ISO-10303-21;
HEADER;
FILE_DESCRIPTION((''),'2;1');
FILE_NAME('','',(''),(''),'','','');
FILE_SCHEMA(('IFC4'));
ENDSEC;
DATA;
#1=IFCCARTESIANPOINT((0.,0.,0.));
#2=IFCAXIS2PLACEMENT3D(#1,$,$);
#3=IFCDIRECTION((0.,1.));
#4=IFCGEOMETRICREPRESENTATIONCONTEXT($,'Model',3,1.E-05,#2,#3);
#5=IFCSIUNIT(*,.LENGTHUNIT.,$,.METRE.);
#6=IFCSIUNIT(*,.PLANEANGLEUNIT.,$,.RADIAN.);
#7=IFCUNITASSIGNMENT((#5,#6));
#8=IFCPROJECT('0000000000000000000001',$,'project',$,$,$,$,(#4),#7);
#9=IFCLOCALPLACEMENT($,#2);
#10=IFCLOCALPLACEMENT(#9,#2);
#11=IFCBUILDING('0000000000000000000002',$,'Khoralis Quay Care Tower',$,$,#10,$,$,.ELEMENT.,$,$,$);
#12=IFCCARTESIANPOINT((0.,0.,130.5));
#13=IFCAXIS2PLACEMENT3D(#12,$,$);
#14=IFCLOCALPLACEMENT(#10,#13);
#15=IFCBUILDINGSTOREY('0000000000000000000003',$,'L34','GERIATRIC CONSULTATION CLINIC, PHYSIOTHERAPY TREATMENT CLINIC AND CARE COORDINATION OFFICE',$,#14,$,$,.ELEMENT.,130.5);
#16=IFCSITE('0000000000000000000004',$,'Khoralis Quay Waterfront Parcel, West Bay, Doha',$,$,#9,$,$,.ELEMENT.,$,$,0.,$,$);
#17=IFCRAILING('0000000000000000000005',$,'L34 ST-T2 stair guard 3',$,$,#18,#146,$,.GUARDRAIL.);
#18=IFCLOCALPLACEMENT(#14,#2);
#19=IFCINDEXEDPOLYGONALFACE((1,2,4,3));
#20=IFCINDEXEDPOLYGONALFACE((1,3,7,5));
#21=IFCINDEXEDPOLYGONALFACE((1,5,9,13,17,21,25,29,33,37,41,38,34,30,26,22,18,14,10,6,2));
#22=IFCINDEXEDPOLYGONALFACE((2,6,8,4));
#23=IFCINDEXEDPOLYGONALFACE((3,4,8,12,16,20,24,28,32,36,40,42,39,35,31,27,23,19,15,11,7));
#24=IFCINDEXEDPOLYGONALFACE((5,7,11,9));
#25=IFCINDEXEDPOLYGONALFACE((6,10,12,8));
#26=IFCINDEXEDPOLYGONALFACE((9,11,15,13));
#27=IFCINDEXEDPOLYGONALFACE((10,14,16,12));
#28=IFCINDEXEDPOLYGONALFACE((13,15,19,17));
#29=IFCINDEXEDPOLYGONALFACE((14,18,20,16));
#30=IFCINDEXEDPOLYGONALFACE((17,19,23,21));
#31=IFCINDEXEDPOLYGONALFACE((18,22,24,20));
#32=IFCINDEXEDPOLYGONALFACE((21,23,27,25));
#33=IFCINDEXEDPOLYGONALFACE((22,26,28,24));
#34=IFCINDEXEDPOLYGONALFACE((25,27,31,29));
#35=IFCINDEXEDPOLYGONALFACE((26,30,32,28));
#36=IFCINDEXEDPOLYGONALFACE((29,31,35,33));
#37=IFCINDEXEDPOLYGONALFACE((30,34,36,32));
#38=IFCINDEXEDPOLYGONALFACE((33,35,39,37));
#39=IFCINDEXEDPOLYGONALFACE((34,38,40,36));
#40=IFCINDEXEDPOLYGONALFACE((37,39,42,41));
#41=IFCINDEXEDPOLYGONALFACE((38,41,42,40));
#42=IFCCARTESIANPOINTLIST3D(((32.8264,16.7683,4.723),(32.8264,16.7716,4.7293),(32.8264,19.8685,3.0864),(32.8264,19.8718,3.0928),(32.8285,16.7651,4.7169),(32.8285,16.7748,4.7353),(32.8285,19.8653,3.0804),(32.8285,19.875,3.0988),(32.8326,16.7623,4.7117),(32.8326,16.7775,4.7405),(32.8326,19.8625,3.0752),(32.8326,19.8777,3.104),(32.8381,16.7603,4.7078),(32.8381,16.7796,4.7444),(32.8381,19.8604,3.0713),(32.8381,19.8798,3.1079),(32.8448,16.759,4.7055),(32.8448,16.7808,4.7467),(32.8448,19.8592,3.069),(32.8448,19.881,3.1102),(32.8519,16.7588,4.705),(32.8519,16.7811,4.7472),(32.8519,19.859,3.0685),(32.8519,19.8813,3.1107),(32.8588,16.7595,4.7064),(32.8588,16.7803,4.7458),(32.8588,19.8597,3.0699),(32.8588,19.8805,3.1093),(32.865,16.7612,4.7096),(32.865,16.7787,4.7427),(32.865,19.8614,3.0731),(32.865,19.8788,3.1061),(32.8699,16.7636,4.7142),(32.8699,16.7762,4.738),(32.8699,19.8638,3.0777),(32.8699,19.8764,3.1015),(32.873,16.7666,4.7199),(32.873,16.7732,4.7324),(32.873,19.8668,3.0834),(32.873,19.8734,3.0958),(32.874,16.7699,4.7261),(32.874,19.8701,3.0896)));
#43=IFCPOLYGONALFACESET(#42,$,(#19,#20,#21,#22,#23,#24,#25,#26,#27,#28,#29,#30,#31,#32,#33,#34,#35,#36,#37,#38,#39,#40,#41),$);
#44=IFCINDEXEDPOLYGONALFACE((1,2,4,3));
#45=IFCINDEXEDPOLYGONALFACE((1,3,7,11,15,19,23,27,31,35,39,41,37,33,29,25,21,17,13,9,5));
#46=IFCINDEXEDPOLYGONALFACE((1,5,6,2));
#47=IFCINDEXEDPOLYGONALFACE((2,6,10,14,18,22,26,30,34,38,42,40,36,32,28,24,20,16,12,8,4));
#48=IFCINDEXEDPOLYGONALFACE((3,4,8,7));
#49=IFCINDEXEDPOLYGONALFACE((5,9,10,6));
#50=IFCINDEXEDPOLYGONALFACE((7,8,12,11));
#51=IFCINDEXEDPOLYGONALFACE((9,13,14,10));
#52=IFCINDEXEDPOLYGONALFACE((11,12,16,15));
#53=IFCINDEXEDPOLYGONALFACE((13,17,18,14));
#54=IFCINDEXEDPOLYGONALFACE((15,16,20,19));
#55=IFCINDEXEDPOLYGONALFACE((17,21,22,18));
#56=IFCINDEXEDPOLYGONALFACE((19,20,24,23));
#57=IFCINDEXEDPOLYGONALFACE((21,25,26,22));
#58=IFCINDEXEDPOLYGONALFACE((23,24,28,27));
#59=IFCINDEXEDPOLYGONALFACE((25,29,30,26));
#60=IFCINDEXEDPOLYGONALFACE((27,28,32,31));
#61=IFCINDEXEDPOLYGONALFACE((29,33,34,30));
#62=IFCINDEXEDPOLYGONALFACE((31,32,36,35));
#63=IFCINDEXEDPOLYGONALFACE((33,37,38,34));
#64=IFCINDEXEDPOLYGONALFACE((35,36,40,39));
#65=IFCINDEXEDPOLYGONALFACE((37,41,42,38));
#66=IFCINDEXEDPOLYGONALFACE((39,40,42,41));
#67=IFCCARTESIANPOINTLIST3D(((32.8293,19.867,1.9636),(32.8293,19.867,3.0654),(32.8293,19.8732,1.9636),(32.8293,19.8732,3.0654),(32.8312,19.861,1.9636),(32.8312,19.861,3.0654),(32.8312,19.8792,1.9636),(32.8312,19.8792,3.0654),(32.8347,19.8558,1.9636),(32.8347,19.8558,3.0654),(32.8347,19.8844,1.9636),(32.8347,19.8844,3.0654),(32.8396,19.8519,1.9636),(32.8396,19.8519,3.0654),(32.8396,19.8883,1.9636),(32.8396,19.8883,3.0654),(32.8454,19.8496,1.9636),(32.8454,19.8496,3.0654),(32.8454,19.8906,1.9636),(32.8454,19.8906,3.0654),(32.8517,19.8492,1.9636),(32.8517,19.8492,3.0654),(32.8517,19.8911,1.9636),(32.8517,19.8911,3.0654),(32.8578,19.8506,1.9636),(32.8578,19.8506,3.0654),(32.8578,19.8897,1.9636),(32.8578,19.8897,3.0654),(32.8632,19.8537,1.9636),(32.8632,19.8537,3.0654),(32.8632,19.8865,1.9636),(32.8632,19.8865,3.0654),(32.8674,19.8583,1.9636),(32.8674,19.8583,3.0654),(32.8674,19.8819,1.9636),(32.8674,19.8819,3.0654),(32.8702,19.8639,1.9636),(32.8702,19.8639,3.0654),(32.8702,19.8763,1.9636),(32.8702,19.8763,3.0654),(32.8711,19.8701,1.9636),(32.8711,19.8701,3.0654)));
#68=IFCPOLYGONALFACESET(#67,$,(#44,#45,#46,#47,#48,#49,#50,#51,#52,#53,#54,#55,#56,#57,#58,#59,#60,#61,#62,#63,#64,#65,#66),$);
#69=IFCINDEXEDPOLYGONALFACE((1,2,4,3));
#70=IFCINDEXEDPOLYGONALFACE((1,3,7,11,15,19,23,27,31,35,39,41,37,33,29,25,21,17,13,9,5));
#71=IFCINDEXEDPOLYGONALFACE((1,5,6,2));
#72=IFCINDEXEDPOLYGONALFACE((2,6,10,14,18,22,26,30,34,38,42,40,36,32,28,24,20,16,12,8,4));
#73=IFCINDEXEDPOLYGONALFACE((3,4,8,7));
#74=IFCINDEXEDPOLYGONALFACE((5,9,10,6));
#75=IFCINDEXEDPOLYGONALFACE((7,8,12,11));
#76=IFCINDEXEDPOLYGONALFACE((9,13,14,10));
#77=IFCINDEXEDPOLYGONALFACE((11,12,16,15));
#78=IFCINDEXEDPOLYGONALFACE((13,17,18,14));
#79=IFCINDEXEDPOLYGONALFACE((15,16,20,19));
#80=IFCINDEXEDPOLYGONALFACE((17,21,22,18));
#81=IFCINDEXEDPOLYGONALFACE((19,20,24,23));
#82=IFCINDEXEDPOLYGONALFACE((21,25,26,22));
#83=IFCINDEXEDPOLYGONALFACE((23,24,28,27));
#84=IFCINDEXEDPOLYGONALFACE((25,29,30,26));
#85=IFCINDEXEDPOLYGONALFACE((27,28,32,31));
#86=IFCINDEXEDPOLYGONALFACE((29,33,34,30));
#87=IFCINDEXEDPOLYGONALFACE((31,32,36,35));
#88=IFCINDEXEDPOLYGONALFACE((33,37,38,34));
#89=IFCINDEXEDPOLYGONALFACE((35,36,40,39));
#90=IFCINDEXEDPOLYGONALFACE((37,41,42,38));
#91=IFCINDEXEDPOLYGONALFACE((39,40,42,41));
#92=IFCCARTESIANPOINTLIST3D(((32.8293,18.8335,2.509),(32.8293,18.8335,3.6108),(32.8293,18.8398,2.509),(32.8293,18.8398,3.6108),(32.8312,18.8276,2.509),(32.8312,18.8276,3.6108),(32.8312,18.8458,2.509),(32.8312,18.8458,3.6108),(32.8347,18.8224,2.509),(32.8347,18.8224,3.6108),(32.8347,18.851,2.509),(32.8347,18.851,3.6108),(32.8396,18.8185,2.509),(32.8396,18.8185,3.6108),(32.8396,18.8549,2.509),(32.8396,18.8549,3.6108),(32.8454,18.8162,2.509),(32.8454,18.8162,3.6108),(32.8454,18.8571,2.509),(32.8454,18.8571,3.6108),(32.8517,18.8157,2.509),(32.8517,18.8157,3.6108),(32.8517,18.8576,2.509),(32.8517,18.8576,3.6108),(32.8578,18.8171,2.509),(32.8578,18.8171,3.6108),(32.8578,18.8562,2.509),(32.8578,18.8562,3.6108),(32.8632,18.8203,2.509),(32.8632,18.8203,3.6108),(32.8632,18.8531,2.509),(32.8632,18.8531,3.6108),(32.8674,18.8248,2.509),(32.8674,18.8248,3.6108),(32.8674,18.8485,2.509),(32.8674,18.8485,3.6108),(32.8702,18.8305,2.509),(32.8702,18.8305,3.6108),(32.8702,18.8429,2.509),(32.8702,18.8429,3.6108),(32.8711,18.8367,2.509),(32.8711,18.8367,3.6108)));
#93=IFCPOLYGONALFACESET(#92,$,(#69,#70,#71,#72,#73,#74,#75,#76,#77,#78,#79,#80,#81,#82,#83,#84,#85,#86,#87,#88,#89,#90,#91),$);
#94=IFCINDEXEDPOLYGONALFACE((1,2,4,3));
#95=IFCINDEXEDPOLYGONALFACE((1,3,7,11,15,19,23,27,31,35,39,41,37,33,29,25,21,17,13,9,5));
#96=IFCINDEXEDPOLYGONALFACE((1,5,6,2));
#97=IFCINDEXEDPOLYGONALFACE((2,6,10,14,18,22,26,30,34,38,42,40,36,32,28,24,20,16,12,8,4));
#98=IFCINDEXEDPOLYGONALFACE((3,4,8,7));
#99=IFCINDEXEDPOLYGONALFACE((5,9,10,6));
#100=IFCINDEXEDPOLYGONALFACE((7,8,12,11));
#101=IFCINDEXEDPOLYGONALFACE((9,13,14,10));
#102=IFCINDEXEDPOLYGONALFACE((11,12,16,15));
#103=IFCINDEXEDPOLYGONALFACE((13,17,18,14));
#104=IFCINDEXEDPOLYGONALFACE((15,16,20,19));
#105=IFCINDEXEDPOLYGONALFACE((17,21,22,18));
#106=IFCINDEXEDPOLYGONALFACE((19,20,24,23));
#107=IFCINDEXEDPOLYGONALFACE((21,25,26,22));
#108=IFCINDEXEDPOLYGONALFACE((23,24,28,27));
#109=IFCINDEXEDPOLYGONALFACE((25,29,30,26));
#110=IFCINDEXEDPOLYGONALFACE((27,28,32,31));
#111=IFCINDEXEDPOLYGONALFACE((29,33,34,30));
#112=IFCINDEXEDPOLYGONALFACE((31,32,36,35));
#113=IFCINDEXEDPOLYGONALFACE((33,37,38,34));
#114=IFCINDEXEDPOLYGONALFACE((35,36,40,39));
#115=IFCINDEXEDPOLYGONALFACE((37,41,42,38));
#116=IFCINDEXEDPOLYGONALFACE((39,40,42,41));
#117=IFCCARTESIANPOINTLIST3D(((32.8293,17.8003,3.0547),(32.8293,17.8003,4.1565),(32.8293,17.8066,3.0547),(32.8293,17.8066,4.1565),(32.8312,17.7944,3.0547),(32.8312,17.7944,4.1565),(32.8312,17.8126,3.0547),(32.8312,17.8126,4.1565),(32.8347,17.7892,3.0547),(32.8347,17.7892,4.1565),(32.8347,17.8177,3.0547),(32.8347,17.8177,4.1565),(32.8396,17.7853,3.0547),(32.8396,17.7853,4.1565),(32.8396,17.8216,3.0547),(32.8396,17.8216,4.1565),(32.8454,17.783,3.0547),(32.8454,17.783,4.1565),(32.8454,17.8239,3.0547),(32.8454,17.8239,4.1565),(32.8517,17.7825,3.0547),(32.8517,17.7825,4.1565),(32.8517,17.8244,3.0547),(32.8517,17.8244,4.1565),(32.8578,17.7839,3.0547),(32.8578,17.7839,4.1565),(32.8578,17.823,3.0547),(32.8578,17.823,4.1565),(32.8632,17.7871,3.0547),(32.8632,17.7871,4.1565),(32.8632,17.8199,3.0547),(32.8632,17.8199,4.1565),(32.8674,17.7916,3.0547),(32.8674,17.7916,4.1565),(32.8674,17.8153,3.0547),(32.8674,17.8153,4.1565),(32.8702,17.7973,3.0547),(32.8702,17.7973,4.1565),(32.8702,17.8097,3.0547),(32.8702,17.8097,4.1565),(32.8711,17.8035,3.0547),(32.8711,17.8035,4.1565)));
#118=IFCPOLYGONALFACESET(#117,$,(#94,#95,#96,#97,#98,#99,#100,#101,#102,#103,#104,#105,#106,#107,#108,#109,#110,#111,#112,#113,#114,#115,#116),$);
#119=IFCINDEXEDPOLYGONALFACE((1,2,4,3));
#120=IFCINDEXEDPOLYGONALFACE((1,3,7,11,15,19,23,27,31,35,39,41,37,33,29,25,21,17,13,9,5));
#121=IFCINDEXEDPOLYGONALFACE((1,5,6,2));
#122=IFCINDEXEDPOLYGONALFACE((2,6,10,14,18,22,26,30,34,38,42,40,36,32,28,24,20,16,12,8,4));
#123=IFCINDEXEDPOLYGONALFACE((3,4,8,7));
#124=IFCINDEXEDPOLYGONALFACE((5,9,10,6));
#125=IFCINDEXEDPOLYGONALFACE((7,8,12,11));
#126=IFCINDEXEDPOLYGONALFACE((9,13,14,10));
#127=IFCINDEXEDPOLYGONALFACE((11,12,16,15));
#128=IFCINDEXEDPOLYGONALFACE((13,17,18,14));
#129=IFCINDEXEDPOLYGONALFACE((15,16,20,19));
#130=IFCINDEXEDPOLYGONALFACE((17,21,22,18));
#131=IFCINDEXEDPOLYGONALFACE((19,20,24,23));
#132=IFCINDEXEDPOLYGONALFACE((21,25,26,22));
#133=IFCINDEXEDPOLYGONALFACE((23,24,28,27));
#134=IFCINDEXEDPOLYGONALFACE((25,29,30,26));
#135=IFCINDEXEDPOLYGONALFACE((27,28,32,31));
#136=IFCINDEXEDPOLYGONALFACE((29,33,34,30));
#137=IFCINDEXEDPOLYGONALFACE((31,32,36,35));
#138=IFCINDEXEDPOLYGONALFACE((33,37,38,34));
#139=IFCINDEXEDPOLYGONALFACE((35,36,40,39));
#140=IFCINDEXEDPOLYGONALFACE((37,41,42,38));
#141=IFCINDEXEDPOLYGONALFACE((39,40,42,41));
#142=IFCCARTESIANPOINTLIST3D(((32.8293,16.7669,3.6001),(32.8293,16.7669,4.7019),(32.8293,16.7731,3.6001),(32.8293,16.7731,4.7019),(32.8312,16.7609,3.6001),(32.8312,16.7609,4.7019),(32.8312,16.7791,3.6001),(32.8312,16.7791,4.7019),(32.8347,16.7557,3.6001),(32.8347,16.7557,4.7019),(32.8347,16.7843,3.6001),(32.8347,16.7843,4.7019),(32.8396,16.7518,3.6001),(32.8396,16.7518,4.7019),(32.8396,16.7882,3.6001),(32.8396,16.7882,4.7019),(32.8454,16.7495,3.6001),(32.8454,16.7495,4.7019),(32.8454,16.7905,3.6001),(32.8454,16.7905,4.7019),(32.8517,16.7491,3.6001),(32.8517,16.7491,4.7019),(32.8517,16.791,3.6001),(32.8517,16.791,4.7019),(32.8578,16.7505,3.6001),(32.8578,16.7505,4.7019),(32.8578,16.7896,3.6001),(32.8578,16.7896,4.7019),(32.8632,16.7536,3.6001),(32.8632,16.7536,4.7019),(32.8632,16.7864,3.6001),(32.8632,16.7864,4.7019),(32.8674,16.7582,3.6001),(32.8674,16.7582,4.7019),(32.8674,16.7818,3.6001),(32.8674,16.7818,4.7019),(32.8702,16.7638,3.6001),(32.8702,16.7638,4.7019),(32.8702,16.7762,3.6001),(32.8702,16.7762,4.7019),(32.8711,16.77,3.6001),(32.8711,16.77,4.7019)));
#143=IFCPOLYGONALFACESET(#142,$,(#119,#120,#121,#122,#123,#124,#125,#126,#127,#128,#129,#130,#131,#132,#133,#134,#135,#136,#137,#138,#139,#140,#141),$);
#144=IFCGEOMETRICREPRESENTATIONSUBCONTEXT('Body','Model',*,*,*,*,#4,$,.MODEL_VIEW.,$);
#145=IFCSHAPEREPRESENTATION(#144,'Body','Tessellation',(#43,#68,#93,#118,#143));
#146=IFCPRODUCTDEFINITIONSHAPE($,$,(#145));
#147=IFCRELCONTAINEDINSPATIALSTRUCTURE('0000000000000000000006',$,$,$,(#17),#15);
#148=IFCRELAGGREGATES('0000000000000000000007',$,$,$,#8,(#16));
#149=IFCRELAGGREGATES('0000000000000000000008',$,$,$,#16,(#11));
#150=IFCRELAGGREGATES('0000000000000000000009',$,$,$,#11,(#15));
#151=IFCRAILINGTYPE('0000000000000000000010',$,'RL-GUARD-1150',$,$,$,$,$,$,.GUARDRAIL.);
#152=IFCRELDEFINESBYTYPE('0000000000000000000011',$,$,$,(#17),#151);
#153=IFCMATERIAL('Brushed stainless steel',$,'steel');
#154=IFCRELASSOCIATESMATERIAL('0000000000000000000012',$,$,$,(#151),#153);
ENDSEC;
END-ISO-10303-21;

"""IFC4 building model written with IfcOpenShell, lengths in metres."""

from ifc_helpers import new_model, si_unit, direction, frame, origin, origin_2d, place, context, subcontext, project, spatial, circle, extrude, material, type_object, element, save


model = new_model("IFC4")

# Units and contexts
model_context = context("Model", 3, precision=1e-05, world=origin(), true_north=direction((0.0, 1.0)))
body_context = subcontext(model_context, "Body", "Model", "MODEL_VIEW")
ifc_project = project(units=[si_unit("LENGTHUNIT", "METRE"), si_unit("PLANEANGLEUNIT", "RADIAN")], contexts=[model_context])

# Site, building, storey
site_placement = place(None, origin())
site = spatial("IfcSite", under=ifc_project, at=site_placement, Name="Khoralis Quay Waterfront Parcel, West Bay, Doha", CompositionType="ELEMENT", RefElevation=0.0)
building_placement = place(site_placement, origin())
building = spatial("IfcBuilding", under=site, at=building_placement, Name="Khoralis Quay Care Tower", CompositionType="ELEMENT")
storey_placement = place(building_placement, frame((0.0, 0.0, 130.5)))
storey = spatial("IfcBuildingStorey", under=building, at=storey_placement, Name="L34", Description="GERIATRIC CONSULTATION CLINIC, PHYSIOTHERAPY TREATMENT CLINIC AND CARE COORDINATION OFFICE", CompositionType="ELEMENT", Elevation=130.5)

# Shared definitions
ifc_material_1 = material(Name="Brushed stainless steel", Category="steel")

# Railing
railing_type = type_object("IfcRailingType", Name="RL-GUARD-1150", PredefinedType="GUARDRAIL", material=ifc_material_1)
railing_1_placement = place(storey_placement, frame((32.8501, 19.8701, 1.9636)))
element("IfcRailing", 1, at=railing_1_placement, inside=storey, type_object=railing_type, Name="L34 ST-T2 stair guard 3", PredefinedType="GUARDRAIL", context=body_context, shape_type="SweptSolid", body=[
    extrude(circle(Radius=0.0239, at=origin_2d()), frame((0.0, 0.0, 1.126), z_axis=(0.0, -0.884348, 0.466828), x_axis=(1.0, 0.0, 0.0)), (0.0, 0.0, 1.0), 3.5056),
    extrude(circle(Radius=0.021, at=origin_2d()), origin(), (0.0, 0.0, 1.0), 1.1018),
    extrude(circle(Radius=0.021, at=origin_2d()), frame((0.0, -1.0334, 0.5454)), (0.0, 0.0, 1.0), 1.1018),
    extrude(circle(Radius=0.021, at=origin_2d()), frame((0.0, -2.0667, 1.0911)), (0.0, 0.0, 1.0), 1.1018),
    extrude(circle(Radius=0.021, at=origin_2d()), frame((0.0, -3.1001, 1.6365)), (0.0, 0.0, 1.0), 1.1018),
])

save(model, "model.ifc")
